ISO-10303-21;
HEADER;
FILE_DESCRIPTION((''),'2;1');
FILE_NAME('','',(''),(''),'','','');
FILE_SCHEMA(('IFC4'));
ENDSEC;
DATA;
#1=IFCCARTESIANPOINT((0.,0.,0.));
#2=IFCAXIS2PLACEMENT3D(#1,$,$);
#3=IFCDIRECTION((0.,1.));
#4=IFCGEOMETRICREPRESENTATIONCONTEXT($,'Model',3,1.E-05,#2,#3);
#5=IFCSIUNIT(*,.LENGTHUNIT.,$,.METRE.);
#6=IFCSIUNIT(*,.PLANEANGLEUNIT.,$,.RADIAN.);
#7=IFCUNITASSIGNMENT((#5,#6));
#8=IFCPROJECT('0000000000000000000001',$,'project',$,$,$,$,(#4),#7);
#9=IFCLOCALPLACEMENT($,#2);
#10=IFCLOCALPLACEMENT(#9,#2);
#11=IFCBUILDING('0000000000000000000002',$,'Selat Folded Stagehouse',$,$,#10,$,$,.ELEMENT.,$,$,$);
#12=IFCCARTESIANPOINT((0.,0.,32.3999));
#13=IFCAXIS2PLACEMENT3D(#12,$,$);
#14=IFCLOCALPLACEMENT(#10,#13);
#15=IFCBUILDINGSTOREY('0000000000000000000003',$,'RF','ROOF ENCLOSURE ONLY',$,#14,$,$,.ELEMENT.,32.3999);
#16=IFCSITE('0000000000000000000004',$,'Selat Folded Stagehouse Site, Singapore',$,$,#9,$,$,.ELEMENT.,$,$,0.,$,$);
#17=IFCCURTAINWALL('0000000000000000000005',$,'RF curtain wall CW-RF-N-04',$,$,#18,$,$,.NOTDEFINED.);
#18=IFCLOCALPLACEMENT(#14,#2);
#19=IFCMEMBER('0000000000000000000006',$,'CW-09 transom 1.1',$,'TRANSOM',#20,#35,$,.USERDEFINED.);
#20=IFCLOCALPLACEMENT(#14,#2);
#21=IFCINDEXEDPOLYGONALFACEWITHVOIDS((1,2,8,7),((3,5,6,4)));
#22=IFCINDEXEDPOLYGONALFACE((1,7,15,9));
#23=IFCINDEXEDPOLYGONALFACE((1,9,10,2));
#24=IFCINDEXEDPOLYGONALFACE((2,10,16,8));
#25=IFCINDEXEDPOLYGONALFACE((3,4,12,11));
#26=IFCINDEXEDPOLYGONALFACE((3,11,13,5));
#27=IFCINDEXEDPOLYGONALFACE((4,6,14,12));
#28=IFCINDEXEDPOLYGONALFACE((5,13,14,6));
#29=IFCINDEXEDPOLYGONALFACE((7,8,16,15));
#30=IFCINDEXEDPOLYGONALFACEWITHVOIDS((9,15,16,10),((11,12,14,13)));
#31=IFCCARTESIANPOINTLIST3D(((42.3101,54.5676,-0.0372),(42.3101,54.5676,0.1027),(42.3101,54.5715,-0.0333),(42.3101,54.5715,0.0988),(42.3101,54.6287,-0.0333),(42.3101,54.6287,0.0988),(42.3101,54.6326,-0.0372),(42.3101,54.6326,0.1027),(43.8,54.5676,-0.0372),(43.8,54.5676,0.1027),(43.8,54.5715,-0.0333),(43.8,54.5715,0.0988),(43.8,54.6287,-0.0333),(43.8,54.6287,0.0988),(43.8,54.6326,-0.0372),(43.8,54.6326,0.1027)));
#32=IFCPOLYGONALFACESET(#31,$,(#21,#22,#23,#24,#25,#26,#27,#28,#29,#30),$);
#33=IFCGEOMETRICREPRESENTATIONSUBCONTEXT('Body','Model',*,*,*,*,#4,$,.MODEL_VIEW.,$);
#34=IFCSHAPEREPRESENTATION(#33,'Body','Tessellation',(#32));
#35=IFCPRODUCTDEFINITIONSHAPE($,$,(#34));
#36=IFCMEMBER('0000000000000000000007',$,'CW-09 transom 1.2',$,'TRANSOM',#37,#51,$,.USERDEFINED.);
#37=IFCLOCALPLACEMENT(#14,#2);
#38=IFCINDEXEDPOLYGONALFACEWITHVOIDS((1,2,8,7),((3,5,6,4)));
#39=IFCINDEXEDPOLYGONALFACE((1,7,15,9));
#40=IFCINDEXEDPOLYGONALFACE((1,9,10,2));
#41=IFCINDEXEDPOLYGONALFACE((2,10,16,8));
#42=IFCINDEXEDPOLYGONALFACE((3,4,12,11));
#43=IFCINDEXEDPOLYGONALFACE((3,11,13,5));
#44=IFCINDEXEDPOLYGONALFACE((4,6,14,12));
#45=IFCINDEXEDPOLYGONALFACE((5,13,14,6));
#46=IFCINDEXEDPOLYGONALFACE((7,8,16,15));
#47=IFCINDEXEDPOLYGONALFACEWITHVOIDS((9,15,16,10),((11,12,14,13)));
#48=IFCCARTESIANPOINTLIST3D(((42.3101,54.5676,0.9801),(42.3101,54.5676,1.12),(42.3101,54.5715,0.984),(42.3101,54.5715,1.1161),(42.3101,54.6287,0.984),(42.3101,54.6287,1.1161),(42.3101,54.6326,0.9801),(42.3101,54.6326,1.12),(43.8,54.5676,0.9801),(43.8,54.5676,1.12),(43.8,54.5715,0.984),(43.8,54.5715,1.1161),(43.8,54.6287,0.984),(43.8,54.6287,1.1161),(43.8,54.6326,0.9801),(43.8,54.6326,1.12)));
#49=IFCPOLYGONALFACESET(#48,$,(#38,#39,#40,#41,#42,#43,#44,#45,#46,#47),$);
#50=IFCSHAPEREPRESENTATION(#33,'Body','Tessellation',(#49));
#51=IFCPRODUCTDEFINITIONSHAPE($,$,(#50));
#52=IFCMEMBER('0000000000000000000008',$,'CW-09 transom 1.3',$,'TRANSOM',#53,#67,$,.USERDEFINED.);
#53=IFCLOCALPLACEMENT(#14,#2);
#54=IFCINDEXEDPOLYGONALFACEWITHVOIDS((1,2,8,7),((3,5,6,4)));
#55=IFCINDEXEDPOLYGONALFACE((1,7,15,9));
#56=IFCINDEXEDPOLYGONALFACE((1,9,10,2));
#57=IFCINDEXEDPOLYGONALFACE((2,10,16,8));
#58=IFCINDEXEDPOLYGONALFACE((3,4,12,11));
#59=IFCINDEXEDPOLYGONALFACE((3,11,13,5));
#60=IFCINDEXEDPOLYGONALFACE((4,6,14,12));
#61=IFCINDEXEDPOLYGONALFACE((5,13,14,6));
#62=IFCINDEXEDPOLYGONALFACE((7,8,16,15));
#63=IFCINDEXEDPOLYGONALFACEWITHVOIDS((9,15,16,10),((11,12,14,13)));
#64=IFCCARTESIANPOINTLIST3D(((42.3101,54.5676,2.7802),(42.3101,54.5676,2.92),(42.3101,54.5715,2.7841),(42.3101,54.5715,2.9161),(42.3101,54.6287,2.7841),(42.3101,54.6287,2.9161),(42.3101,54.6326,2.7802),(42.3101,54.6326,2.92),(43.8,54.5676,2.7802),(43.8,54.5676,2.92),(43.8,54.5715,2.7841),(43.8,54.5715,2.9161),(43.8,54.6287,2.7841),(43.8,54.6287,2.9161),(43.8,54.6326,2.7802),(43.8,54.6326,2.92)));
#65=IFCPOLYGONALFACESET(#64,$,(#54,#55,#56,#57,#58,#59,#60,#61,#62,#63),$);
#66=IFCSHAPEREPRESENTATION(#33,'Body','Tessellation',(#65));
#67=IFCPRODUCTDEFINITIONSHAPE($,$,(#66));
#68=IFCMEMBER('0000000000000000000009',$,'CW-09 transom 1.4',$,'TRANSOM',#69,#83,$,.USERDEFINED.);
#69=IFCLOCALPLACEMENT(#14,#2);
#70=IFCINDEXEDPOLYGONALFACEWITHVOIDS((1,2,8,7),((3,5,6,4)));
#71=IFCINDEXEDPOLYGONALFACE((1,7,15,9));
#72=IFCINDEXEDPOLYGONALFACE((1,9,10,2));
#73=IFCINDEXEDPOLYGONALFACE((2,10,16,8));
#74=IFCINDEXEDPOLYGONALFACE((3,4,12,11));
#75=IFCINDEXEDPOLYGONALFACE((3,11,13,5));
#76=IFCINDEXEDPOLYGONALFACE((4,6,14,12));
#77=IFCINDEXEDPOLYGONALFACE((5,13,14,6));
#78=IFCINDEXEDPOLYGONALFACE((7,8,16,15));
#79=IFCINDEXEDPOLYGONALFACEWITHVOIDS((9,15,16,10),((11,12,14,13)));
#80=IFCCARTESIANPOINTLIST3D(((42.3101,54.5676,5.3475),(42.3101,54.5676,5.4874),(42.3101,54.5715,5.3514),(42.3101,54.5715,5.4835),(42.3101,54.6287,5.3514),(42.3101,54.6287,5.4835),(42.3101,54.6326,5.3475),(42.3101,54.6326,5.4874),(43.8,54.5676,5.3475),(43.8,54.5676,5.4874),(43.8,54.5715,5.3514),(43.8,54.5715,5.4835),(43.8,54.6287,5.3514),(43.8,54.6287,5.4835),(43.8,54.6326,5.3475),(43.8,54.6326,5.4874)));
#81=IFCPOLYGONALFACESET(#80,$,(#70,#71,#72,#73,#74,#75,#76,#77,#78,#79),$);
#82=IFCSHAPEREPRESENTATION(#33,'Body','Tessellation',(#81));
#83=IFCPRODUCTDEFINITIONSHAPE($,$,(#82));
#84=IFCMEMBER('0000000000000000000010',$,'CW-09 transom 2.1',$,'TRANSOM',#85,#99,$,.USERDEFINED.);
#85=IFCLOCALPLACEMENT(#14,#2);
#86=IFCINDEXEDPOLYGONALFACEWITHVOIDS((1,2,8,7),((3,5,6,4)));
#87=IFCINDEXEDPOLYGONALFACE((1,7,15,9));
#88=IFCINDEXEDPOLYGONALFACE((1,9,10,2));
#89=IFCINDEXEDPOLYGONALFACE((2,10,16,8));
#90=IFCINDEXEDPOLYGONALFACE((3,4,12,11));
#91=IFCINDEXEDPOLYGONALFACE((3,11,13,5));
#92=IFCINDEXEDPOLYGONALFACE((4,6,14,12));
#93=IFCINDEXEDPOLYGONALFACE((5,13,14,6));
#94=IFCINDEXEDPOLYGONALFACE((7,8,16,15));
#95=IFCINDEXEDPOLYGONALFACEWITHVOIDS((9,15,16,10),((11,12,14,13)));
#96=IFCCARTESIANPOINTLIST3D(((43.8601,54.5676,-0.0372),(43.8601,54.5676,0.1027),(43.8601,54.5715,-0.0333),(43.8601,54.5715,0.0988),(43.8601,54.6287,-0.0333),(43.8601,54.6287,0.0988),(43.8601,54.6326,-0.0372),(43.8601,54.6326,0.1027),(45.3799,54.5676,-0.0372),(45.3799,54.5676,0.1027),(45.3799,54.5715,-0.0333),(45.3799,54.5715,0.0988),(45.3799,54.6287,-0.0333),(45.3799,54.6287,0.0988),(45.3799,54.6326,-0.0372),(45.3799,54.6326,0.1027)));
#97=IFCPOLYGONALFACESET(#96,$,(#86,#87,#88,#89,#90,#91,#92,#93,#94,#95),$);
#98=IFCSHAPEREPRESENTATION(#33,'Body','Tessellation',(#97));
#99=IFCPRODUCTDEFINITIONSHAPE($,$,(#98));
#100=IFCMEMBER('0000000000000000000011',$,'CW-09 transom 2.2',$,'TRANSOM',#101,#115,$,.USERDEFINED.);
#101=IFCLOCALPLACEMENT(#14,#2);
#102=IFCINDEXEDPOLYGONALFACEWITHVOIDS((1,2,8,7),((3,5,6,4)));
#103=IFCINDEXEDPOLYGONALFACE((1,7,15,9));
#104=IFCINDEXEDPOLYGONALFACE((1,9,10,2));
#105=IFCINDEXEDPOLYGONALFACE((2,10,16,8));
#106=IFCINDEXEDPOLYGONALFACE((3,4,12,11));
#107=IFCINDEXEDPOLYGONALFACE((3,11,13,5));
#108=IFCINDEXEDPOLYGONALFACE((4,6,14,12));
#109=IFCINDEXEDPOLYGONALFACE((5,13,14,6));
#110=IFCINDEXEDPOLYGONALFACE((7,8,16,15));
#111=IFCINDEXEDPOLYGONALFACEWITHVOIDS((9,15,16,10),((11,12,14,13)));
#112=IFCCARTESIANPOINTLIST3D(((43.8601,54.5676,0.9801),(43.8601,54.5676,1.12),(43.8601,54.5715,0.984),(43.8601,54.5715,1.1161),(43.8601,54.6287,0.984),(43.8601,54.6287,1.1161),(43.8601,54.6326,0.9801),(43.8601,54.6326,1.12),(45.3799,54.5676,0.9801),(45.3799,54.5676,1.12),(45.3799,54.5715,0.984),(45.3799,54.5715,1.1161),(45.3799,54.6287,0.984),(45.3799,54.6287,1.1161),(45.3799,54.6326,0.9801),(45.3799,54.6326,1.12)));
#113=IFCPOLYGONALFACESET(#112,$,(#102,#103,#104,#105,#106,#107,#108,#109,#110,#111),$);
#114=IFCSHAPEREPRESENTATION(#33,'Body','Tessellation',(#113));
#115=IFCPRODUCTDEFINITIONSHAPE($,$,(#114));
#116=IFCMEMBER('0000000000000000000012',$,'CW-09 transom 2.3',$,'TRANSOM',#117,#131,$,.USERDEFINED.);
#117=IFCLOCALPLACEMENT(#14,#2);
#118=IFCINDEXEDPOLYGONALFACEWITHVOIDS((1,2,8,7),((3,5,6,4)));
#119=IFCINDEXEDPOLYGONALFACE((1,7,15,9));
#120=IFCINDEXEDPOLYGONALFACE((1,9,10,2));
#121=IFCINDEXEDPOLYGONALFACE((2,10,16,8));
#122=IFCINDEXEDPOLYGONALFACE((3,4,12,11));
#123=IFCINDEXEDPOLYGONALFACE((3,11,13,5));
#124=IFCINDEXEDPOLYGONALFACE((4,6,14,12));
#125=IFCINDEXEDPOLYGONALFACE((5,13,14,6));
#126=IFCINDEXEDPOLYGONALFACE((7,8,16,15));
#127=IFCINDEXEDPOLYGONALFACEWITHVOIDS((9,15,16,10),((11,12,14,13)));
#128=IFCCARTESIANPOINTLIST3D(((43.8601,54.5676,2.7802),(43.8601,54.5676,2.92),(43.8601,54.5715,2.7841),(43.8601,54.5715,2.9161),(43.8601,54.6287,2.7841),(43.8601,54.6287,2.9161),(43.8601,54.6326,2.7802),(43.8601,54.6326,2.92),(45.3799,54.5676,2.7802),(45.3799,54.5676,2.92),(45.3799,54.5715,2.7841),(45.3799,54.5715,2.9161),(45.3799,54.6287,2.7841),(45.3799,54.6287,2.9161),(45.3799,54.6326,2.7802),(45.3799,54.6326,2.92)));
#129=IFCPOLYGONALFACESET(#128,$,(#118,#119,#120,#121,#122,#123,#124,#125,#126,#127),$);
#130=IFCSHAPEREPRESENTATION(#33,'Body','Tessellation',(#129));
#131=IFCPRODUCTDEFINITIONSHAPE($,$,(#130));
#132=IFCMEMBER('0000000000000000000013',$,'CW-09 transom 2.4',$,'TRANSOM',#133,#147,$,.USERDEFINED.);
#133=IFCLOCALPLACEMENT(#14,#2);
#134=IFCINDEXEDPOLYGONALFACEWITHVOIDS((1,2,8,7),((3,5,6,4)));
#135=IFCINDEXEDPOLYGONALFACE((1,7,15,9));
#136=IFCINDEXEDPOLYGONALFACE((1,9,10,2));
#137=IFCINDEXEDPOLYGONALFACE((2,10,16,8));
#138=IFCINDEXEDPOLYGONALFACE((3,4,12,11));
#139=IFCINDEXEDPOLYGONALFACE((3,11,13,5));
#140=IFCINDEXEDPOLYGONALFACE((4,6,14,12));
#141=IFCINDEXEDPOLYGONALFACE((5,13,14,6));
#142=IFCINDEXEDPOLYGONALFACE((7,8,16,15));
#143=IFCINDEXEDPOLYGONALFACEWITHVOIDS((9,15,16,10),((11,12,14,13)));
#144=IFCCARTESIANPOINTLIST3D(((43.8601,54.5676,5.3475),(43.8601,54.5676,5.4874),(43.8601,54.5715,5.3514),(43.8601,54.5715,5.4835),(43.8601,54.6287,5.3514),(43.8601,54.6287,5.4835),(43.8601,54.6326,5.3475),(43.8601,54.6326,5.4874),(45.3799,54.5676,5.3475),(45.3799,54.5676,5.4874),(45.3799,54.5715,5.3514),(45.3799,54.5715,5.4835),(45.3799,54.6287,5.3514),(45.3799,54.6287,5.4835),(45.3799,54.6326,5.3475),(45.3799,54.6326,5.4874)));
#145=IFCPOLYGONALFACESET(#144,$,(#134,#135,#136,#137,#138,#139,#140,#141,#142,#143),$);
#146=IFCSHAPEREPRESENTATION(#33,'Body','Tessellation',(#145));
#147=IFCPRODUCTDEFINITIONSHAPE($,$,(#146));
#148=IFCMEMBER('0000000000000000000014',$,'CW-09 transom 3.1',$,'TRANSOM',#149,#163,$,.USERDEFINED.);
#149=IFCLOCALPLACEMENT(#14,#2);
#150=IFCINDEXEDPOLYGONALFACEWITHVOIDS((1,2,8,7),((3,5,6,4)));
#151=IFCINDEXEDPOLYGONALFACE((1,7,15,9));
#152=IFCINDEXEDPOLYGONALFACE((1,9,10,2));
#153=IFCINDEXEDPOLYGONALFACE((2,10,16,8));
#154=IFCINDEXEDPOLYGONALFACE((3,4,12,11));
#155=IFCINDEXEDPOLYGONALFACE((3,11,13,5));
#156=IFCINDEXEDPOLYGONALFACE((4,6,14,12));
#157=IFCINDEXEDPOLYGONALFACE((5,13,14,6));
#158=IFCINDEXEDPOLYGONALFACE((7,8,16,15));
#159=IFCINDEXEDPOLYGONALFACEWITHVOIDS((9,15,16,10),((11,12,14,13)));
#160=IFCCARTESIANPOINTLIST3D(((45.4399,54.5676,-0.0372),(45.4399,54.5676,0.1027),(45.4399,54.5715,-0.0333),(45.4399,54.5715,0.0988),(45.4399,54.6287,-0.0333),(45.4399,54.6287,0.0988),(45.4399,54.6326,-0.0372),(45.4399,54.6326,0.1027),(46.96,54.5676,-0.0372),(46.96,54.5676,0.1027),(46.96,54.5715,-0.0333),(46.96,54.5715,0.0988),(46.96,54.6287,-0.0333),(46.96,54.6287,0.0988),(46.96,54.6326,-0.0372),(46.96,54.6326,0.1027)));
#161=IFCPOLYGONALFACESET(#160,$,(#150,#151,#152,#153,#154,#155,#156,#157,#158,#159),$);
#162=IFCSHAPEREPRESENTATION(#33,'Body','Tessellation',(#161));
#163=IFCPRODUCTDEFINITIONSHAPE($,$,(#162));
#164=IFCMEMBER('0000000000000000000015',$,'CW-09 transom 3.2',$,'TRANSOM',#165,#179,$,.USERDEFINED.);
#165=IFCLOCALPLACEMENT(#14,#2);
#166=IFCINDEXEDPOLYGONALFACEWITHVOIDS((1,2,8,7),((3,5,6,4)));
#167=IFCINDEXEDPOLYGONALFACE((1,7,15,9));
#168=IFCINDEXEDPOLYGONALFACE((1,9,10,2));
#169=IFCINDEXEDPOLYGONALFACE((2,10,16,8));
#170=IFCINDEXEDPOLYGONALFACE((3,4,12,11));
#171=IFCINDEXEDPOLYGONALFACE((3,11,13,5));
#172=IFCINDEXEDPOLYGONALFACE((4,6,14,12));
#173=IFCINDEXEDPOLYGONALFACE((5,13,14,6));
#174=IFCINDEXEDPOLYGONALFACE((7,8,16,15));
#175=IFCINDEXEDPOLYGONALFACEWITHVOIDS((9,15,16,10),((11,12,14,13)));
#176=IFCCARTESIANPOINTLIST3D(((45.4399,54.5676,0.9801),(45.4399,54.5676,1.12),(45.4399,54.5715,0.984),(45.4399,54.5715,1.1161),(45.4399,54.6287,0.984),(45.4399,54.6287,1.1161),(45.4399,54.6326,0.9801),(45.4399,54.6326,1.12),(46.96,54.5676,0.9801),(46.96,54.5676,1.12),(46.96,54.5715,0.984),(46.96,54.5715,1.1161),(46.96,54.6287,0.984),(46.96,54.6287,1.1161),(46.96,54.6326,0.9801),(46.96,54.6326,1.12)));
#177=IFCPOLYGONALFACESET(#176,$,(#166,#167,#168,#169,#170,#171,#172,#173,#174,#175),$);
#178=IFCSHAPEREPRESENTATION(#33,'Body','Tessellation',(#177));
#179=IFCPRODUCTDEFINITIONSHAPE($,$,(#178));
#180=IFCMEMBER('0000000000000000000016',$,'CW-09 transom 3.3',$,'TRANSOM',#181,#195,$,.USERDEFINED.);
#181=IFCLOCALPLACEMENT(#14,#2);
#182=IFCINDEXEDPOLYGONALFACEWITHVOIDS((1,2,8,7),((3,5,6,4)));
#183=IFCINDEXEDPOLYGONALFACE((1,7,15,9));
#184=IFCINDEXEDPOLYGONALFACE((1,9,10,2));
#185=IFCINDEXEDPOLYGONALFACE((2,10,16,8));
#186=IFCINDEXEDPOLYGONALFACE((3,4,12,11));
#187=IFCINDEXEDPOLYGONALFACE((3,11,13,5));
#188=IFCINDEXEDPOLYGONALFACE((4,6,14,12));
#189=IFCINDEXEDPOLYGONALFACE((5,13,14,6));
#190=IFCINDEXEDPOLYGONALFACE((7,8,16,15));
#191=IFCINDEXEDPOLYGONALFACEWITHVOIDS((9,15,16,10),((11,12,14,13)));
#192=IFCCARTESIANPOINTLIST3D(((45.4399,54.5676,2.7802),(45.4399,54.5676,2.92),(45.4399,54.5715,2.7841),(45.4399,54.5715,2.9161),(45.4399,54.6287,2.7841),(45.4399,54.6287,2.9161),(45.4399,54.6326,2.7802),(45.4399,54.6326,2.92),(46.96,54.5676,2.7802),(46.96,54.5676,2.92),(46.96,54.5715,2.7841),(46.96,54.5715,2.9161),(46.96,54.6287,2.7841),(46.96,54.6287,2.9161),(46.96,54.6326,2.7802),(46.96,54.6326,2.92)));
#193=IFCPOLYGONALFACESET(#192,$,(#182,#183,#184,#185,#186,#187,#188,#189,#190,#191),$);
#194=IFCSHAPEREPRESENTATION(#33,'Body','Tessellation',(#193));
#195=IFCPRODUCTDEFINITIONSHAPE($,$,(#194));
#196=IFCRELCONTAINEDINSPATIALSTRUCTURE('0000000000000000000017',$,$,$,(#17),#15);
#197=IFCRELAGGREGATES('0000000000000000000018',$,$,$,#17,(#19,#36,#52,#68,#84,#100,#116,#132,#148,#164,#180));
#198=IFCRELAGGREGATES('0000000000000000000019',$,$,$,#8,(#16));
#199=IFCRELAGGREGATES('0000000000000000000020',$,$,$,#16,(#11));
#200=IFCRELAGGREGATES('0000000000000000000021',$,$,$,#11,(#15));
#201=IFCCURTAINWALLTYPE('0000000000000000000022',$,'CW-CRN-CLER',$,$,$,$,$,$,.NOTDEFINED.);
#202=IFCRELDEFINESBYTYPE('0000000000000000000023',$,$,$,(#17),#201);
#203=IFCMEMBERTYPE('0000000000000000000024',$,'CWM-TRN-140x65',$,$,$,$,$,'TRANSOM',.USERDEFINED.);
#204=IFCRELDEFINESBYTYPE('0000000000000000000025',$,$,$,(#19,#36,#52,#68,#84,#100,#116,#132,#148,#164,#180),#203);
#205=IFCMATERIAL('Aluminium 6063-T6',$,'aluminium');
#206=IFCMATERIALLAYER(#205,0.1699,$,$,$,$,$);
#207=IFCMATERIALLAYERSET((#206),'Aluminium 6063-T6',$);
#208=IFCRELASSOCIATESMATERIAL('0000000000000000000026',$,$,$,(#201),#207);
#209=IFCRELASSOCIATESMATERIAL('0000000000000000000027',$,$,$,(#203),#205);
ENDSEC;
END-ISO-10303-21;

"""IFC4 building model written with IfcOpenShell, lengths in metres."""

from ifc_helpers import new_model, si_unit, direction, frame, origin, origin_2d, place, context, subcontext, project, spatial, hollow_rectangle, extrude, material, layer, layer_set, material_profile, profile_set, type_object, element, aggregate, save


model = new_model("IFC4")

# Units and contexts
model_context = context("Model", 3, precision=1e-05, world=origin(), true_north=direction((0.0, 1.0)))
body_context = subcontext(model_context, "Body", "Model", "MODEL_VIEW")
ifc_project = project(units=[si_unit("LENGTHUNIT", "METRE"), si_unit("PLANEANGLEUNIT", "RADIAN")], contexts=[model_context])

# Site, building, storey
site_placement = place(None, origin())
site = spatial("IfcSite", under=ifc_project, at=site_placement, Name="Selat Folded Stagehouse Site, Singapore", CompositionType="ELEMENT", RefElevation=0.0)
building_placement = place(site_placement, origin())
building = spatial("IfcBuilding", under=site, at=building_placement, Name="Selat Folded Stagehouse", CompositionType="ELEMENT")
storey_placement = place(building_placement, frame((0.0, 0.0, 32.3999)))
storey = spatial("IfcBuildingStorey", under=building, at=storey_placement, Name="RF", Description="ROOF ENCLOSURE ONLY", CompositionType="ELEMENT", Elevation=32.3999)

# Shared definitions
ifc_material_1 = material(Name="Aluminium 6063-T6", Category="aluminium")
ifc_layer_1 = layer(ifc_material_1, 0.1699)
ifc_layer_set_1 = layer_set([ifc_layer_1], Name="Aluminium 6063-T6")
curtain_wall_type = type_object("IfcCurtainWallType", Name="CW-CRN-CLER", PredefinedType="NOTDEFINED", material=ifc_layer_set_1)

# Curtain wall, members
curtain_wall_1_placement = place(storey_placement, origin())
curtain_wall_1 = element("IfcCurtainWall", 1, at=curtain_wall_1_placement, inside=storey, type_object=curtain_wall_type, Name="RF curtain wall CW-RF-N-04", PredefinedType="NOTDEFINED")
ifc_material_profile_1 = material_profile(ifc_material_1, hollow_rectangle(XDim=0.0649, YDim=0.1399, WallThickness=0.0039, at=origin_2d()), Name="ALU 140x65x4.0")
ifc_profile_set_1 = profile_set([ifc_material_profile_1], Name="Aluminium 6063-T6")
member_type_1 = type_object("IfcMemberType", Name="CWM-TRN-140x65", ElementType="TRANSOM", PredefinedType="USERDEFINED", material=ifc_profile_set_1)
member_1_placement = place(storey_placement, frame((42.3101, 54.6001, 0.0327), z_axis=(1.0, 0.0, 0.0), x_axis=(0.0, 1.0, 0.0)))
member_1 = element("IfcMember", 2, at=member_1_placement, type_object=member_type_1, Name="CW-09 transom 1.1", ObjectType="TRANSOM", PredefinedType="USERDEFINED", context=body_context, shape_type="SweptSolid", body=[
    extrude(hollow_rectangle(XDim=0.0649, YDim=0.1399, WallThickness=0.0039, at=origin_2d()), origin(), (0.0, 0.0, 1.0), 1.49),
])
member_2_placement = place(storey_placement, frame((42.3101, 54.6001, 1.05), z_axis=(1.0, 0.0, 0.0), x_axis=(0.0, 1.0, 0.0)))
member_2 = element("IfcMember", 3, at=member_2_placement, type_object=member_type_1, Name="CW-09 transom 1.2", ObjectType="TRANSOM", PredefinedType="USERDEFINED", context=body_context, shape_type="SweptSolid", body=[
    extrude(hollow_rectangle(XDim=0.0649, YDim=0.1399, WallThickness=0.0039, at=origin_2d()), origin(), (0.0, 0.0, 1.0), 1.49),
])
member_3_placement = place(storey_placement, frame((42.3101, 54.6001, 2.8501), z_axis=(1.0, 0.0, 0.0), x_axis=(0.0, 1.0, 0.0)))
member_3 = element("IfcMember", 4, at=member_3_placement, type_object=member_type_1, Name="CW-09 transom 1.3", ObjectType="TRANSOM", PredefinedType="USERDEFINED", context=body_context, shape_type="SweptSolid", body=[
    extrude(hollow_rectangle(XDim=0.0649, YDim=0.1399, WallThickness=0.0039, at=origin_2d()), origin(), (0.0, 0.0, 1.0), 1.49),
])
member_4_placement = place(storey_placement, frame((42.3101, 54.6001, 5.4175), z_axis=(1.0, 0.0, 0.0), x_axis=(0.0, 1.0, 0.0)))
member_4 = element("IfcMember", 5, at=member_4_placement, type_object=member_type_1, Name="CW-09 transom 1.4", ObjectType="TRANSOM", PredefinedType="USERDEFINED", context=body_context, shape_type="SweptSolid", body=[
    extrude(hollow_rectangle(XDim=0.0649, YDim=0.1399, WallThickness=0.0039, at=origin_2d()), origin(), (0.0, 0.0, 1.0), 1.49),
])
member_5_placement = place(storey_placement, frame((43.8601, 54.6001, 0.0327), z_axis=(1.0, 0.0, 0.0), x_axis=(0.0, 1.0, 0.0)))
member_5 = element("IfcMember", 6, at=member_5_placement, type_object=member_type_1, Name="CW-09 transom 2.1", ObjectType="TRANSOM", PredefinedType="USERDEFINED", context=body_context, shape_type="SweptSolid", body=[
    extrude(hollow_rectangle(XDim=0.0649, YDim=0.1399, WallThickness=0.0039, at=origin_2d()), origin(), (0.0, 0.0, 1.0), 1.5198),
])
member_6_placement = place(storey_placement, frame((43.8601, 54.6001, 1.05), z_axis=(1.0, 0.0, 0.0), x_axis=(0.0, 1.0, 0.0)))
member_6 = element("IfcMember", 7, at=member_6_placement, type_object=member_type_1, Name="CW-09 transom 2.2", ObjectType="TRANSOM", PredefinedType="USERDEFINED", context=body_context, shape_type="SweptSolid", body=[
    extrude(hollow_rectangle(XDim=0.0649, YDim=0.1399, WallThickness=0.0039, at=origin_2d()), origin(), (0.0, 0.0, 1.0), 1.5198),
])
member_7_placement = place(storey_placement, frame((43.8601, 54.6001, 2.8501), z_axis=(1.0, 0.0, 0.0), x_axis=(0.0, 1.0, 0.0)))
member_7 = element("IfcMember", 8, at=member_7_placement, type_object=member_type_1, Name="CW-09 transom 2.3", ObjectType="TRANSOM", PredefinedType="USERDEFINED", context=body_context, shape_type="SweptSolid", body=[
    extrude(hollow_rectangle(XDim=0.0649, YDim=0.1399, WallThickness=0.0039, at=origin_2d()), origin(), (0.0, 0.0, 1.0), 1.5198),
])
member_8_placement = place(storey_placement, frame((43.8601, 54.6001, 5.4175), z_axis=(1.0, 0.0, 0.0), x_axis=(0.0, 1.0, 0.0)))
member_8 = element("IfcMember", 9, at=member_8_placement, type_object=member_type_1, Name="CW-09 transom 2.4", ObjectType="TRANSOM", PredefinedType="USERDEFINED", context=body_context, shape_type="SweptSolid", body=[
    extrude(hollow_rectangle(XDim=0.0649, YDim=0.1399, WallThickness=0.0039, at=origin_2d()), origin(), (0.0, 0.0, 1.0), 1.5198),
])
member_9_placement = place(storey_placement, frame((45.4399, 54.6001, 0.0327), z_axis=(1.0, 0.0, 0.0), x_axis=(0.0, 1.0, 0.0)))
member_9 = element("IfcMember", 10, at=member_9_placement, type_object=member_type_1, Name="CW-09 transom 3.1", ObjectType="TRANSOM", PredefinedType="USERDEFINED", context=body_context, shape_type="SweptSolid", body=[
    extrude(hollow_rectangle(XDim=0.0649, YDim=0.1399, WallThickness=0.0039, at=origin_2d()), origin(), (0.0, 0.0, 1.0), 1.52),
])
member_10_placement = place(storey_placement, frame((45.4399, 54.6001, 1.05), z_axis=(1.0, 0.0, 0.0), x_axis=(0.0, 1.0, 0.0)))
member_10 = element("IfcMember", 11, at=member_10_placement, type_object=member_type_1, Name="CW-09 transom 3.2", ObjectType="TRANSOM", PredefinedType="USERDEFINED", context=body_context, shape_type="SweptSolid", body=[
    extrude(hollow_rectangle(XDim=0.0649, YDim=0.1399, WallThickness=0.0039, at=origin_2d()), origin(), (0.0, 0.0, 1.0), 1.52),
])
member_11_placement = place(storey_placement, frame((45.4399, 54.6001, 2.8501), z_axis=(1.0, 0.0, 0.0), x_axis=(0.0, 1.0, 0.0)))
member_11 = element("IfcMember", 12, at=member_11_placement, type_object=member_type_1, Name="CW-09 transom 3.3", ObjectType="TRANSOM", PredefinedType="USERDEFINED", context=body_context, shape_type="SweptSolid", body=[
    extrude(hollow_rectangle(XDim=0.0649, YDim=0.1399, WallThickness=0.0039, at=origin_2d()), origin(), (0.0, 0.0, 1.0), 1.52),
])

aggregate(curtain_wall_1, [member_1, member_2, member_3, member_4, member_5, member_6, member_7, member_8, member_9, member_10, member_11])

save(model, "model.ifc")
